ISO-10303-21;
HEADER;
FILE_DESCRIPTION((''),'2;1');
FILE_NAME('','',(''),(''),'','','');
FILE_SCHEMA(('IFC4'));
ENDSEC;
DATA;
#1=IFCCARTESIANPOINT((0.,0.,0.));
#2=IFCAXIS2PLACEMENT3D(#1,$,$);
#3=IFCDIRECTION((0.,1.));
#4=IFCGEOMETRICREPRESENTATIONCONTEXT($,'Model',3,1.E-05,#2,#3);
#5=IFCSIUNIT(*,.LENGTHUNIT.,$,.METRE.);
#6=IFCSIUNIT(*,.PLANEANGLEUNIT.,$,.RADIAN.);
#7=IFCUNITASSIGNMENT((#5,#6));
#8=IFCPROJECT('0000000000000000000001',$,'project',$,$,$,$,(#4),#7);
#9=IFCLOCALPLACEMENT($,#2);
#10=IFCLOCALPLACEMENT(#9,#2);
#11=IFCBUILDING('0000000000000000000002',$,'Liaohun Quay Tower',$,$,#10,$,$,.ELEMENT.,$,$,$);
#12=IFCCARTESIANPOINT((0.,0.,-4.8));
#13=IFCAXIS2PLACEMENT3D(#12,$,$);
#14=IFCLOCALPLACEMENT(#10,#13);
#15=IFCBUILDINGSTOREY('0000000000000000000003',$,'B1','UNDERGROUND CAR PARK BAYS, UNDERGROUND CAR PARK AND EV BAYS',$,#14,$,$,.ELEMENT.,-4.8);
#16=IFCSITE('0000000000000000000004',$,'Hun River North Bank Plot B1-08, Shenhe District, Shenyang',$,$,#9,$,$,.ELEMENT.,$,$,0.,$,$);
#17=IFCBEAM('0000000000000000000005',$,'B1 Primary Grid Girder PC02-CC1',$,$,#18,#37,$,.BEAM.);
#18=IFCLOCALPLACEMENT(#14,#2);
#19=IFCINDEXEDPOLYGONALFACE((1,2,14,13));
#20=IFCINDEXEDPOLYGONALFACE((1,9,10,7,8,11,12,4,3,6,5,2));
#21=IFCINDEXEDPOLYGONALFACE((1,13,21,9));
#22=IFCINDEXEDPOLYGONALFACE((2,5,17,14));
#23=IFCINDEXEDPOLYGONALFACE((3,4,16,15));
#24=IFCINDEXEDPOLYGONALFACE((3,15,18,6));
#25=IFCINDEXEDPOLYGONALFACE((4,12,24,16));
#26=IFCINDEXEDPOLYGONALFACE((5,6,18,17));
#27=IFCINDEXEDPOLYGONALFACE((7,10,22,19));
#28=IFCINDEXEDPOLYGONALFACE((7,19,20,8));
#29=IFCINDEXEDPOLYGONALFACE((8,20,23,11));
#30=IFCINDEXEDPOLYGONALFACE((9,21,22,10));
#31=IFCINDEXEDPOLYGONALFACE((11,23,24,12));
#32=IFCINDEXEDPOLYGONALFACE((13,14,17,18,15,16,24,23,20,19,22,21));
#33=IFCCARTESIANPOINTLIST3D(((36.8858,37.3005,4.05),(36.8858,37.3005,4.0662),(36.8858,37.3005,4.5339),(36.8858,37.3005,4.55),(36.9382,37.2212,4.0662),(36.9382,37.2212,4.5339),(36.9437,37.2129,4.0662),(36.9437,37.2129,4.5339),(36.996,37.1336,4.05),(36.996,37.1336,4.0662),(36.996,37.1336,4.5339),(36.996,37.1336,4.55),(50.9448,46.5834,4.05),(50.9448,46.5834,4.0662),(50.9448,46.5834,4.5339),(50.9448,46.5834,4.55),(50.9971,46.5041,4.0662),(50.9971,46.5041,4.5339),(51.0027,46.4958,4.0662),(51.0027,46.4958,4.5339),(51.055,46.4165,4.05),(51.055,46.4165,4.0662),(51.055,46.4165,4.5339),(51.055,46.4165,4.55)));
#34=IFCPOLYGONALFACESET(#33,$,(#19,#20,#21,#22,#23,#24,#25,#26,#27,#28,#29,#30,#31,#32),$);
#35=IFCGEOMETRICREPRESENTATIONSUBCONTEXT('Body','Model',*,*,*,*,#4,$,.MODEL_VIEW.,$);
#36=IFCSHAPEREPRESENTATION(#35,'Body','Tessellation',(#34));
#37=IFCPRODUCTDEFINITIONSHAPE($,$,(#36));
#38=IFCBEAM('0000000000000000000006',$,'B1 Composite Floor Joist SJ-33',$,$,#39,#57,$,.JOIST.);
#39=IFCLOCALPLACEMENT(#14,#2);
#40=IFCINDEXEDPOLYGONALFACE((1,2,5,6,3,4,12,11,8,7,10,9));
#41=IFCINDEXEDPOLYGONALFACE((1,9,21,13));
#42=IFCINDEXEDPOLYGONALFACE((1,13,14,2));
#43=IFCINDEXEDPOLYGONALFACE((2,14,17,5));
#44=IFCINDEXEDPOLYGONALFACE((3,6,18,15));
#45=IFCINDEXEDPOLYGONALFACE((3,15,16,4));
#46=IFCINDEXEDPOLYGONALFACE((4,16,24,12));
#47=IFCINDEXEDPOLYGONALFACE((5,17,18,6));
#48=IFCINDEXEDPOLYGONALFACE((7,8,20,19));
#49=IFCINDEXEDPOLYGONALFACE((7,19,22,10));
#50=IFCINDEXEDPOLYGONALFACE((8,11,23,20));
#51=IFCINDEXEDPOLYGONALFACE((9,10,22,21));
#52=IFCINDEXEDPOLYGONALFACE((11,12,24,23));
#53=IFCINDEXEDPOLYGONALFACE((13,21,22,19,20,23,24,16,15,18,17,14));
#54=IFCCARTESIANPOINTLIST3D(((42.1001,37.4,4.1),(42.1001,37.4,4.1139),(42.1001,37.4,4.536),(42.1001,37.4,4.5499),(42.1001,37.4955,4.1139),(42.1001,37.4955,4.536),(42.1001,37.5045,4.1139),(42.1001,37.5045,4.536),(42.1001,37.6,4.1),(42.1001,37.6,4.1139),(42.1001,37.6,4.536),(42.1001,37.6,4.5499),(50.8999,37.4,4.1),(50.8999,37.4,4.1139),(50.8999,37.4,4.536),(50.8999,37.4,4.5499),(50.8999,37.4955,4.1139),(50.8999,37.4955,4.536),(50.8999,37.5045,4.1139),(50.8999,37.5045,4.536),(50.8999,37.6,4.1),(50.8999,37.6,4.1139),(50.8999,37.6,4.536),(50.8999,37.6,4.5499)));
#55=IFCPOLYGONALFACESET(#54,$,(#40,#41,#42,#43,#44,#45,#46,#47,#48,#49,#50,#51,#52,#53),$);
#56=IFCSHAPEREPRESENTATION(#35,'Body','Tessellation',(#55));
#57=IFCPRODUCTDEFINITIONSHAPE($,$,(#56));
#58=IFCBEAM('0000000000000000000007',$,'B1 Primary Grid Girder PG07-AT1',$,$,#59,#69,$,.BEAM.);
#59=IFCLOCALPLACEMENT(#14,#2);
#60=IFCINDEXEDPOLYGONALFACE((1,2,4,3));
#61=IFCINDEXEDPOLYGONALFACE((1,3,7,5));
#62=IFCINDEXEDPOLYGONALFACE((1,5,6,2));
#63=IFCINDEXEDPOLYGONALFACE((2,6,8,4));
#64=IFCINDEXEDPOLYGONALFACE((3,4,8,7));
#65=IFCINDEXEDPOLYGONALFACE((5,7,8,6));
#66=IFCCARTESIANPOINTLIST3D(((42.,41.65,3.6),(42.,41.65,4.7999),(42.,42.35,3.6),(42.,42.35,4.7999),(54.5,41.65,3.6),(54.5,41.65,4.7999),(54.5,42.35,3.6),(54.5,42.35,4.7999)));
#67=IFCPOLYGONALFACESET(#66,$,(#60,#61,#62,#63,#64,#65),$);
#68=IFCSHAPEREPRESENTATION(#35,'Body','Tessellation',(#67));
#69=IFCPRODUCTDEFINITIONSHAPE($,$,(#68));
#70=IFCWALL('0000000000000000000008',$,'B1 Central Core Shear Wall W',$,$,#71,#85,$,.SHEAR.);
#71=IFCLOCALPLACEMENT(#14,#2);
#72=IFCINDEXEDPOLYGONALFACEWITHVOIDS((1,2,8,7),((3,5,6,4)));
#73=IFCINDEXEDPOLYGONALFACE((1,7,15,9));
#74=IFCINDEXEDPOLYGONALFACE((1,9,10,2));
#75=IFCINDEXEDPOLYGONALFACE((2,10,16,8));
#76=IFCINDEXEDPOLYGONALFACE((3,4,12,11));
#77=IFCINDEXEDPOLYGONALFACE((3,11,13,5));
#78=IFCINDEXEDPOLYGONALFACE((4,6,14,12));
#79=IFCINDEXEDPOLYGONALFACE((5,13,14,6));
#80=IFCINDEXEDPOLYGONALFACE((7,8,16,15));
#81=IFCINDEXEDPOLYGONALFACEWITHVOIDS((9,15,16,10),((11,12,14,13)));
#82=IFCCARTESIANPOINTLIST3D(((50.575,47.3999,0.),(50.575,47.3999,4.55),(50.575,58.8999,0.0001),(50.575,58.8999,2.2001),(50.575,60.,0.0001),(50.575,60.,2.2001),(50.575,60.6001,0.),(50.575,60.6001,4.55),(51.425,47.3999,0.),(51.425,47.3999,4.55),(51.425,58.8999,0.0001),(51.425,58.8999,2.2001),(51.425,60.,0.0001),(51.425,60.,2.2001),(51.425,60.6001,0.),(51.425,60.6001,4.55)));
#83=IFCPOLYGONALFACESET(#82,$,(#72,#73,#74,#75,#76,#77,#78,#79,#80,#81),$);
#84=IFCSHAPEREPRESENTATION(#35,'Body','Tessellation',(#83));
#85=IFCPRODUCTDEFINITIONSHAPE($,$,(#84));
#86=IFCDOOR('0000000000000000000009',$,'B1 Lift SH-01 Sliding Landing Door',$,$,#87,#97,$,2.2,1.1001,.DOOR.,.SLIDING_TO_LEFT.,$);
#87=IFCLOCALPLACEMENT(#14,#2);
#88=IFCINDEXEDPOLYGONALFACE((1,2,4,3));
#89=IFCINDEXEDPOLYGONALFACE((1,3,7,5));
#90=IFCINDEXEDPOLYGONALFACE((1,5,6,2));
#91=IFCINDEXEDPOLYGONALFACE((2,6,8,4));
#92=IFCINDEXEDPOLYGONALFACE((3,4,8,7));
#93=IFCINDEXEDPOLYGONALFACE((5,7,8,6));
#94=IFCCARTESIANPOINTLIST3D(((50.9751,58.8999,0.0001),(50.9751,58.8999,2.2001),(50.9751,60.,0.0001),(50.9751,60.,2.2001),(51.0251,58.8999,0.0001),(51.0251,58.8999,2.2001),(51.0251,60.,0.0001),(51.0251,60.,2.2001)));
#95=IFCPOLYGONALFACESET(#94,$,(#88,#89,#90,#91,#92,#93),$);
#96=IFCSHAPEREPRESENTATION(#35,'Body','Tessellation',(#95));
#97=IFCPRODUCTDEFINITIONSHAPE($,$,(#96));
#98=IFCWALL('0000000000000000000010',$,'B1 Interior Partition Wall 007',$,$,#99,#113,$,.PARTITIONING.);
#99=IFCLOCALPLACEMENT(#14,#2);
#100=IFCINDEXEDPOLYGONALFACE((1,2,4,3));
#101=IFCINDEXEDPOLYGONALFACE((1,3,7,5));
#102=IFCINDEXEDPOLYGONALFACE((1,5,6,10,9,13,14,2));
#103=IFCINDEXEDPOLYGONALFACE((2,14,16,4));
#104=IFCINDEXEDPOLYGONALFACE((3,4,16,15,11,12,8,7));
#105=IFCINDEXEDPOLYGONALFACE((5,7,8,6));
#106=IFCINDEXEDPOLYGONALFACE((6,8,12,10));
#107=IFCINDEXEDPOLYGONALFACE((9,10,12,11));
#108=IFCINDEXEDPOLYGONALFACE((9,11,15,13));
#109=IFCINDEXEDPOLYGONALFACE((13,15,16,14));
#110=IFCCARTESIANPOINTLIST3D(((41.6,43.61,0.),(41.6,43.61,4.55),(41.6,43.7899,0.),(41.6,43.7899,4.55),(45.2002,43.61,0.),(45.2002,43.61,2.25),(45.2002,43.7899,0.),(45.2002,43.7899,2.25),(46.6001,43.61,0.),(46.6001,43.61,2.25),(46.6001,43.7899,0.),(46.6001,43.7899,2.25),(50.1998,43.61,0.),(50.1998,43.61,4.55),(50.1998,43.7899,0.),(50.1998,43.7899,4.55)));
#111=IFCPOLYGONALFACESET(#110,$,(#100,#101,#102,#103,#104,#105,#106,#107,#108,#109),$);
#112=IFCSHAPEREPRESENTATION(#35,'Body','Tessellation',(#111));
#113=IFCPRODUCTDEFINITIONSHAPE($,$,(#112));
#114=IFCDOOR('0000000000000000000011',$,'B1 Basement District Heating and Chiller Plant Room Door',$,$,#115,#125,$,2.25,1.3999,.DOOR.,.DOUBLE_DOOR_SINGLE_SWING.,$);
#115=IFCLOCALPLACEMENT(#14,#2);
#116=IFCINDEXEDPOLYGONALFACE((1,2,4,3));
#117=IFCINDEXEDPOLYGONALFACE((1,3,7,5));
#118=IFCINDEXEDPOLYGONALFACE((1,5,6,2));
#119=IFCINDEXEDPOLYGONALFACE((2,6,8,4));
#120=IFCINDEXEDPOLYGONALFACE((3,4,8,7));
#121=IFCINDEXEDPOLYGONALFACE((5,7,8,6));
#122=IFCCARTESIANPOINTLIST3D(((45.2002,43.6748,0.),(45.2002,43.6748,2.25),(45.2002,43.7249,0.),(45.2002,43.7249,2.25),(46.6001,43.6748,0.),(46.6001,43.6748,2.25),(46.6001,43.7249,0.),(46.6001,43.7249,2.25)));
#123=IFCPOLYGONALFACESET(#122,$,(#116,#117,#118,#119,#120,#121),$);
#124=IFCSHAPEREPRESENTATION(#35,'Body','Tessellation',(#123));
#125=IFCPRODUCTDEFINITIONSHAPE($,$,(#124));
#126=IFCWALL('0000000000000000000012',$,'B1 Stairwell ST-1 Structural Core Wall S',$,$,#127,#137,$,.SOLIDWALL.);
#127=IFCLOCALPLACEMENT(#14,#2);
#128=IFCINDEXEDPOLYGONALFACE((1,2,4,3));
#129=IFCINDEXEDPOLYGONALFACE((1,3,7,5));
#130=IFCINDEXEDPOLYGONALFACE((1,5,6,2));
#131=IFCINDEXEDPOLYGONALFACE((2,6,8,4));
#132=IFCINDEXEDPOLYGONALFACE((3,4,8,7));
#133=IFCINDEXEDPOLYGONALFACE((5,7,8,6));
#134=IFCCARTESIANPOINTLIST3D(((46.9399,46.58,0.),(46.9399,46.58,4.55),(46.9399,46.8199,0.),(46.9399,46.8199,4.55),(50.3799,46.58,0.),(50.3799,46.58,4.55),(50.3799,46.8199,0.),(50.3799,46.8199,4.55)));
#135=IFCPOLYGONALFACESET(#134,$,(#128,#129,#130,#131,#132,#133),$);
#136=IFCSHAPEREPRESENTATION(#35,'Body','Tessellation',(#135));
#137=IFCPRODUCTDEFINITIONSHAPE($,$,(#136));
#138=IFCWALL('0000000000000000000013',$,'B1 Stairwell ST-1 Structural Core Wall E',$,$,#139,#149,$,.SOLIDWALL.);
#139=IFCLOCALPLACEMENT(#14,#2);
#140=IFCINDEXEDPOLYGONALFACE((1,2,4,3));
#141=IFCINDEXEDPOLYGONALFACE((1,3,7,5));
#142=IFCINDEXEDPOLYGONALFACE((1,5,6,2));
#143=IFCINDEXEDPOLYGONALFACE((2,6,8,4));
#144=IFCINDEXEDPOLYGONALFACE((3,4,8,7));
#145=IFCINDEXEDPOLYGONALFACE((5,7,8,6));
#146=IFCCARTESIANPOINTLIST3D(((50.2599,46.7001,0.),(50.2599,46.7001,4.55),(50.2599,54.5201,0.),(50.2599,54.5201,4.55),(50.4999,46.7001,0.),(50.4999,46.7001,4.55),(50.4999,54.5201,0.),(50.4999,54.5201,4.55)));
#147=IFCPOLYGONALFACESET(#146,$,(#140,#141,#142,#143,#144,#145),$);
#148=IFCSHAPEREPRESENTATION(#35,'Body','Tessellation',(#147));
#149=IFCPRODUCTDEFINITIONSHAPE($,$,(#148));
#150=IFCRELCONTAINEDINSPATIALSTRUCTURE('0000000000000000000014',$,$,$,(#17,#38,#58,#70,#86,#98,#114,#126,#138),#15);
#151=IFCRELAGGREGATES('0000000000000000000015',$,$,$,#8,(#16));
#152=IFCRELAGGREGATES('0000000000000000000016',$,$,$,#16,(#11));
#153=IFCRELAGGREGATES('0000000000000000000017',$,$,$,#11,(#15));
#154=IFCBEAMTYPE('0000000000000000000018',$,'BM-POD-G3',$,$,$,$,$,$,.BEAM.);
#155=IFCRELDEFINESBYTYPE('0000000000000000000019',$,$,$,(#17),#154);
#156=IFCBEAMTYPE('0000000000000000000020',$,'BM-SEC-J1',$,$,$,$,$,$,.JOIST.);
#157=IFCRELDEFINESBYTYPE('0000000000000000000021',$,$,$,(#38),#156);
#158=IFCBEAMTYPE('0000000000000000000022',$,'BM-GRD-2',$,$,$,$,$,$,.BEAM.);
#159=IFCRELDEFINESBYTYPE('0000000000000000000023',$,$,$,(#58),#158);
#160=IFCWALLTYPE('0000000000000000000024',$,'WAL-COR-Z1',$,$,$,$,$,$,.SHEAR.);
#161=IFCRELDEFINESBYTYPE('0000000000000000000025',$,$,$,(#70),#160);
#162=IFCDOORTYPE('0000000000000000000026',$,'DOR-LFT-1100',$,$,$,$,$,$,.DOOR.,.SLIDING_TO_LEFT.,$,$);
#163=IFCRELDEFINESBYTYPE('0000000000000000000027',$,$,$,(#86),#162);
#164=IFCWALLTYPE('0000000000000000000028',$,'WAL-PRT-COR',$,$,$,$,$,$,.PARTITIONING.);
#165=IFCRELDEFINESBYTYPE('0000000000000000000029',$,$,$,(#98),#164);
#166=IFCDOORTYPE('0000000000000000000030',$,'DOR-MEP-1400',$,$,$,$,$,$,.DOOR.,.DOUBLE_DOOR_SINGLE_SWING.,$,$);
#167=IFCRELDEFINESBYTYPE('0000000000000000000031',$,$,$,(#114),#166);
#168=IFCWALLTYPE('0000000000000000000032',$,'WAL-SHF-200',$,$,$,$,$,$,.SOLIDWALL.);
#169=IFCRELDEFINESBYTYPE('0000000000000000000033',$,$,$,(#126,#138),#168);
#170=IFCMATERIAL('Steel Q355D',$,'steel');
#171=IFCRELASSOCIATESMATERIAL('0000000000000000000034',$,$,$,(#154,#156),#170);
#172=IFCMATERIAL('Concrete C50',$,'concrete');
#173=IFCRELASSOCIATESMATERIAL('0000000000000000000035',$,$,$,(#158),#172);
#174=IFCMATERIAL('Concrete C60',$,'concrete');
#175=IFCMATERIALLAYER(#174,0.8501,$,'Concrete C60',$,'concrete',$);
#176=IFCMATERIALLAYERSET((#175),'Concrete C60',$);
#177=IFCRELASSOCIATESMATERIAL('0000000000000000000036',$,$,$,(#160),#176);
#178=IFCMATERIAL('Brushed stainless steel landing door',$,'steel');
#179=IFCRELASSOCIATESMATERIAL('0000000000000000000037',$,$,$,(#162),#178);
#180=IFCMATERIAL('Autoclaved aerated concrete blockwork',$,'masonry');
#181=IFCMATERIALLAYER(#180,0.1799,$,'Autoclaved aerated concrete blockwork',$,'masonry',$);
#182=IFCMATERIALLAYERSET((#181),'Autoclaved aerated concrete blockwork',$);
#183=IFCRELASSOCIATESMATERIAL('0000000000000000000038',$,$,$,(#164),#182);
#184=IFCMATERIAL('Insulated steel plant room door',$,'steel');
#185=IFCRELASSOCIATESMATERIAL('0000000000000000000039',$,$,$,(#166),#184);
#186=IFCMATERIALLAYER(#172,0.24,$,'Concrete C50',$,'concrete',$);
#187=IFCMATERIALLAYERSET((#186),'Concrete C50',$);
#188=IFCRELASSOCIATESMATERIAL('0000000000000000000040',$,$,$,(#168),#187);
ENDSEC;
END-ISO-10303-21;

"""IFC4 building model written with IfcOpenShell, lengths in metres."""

from ifc_helpers import new_model, si_unit, direction, frame, frame_2d, origin, origin_2d, place, context, subcontext, project, spatial, rectangle, i_section, extrude, source, transform, mapped, material, layer, layer_set, material_profile, profile_set, type_object, element, fill, save


model = new_model("IFC4")

# Units and contexts
model_context = context("Model", 3, precision=1e-05, world=origin(), true_north=direction((0.0, 1.0)))
body_context = subcontext(model_context, "Body", "Model", "MODEL_VIEW")
ifc_project = project(units=[si_unit("LENGTHUNIT", "METRE"), si_unit("PLANEANGLEUNIT", "RADIAN")], contexts=[model_context])

# Site, building, storey
site_placement = place(None, origin())
site = spatial("IfcSite", under=ifc_project, at=site_placement, Name="Hun River North Bank Plot B1-08, Shenhe District, Shenyang", CompositionType="ELEMENT", RefElevation=0.0)
building_placement = place(site_placement, origin())
building = spatial("IfcBuilding", under=site, at=building_placement, Name="Liaohun Quay Tower", CompositionType="ELEMENT")
storey_placement = place(building_placement, frame((0.0, 0.0, -4.8)))
storey = spatial("IfcBuildingStorey", under=building, at=storey_placement, Name="B1", Description="UNDERGROUND CAR PARK BAYS, UNDERGROUND CAR PARK AND EV BAYS", CompositionType="ELEMENT", Elevation=-4.8)

# Shared definitions
ifc_material_1 = material(Name="Concrete C60", Category="concrete")
ifc_material_2 = material(Name="Steel Q355D", Category="steel")

# Beams
ifc_material_profile_1 = material_profile(ifc_material_2, i_section(OverallWidth=0.2, OverallDepth=0.5, WebThickness=0.01, FlangeThickness=0.0161, at=origin_2d()), Name="HN500x200x10x16")
ifc_profile_set_1 = profile_set([ifc_material_profile_1], Name="Steel Q355D")
beam_type_1 = type_object("IfcBeamType", Name="BM-POD-G3", PredefinedType="BEAM", material=ifc_profile_set_1)
shared_shape_1 = source(origin(), body_context, "Body", "SweptSolid", [
    extrude(i_section(OverallWidth=0.2, OverallDepth=0.5, WebThickness=0.01, FlangeThickness=0.0161, at=origin_2d()), origin(), (0.0, 0.0, 1.0), 16.8472),
])
beam_1_placement = place(storey_placement, frame((36.9409, 37.217, 4.3), z_axis=(0.834501, 0.551006, 0.0), x_axis=(-0.551006, 0.834501, 0.0)))
element("IfcBeam", 1, at=beam_1_placement, inside=storey, type_object=beam_type_1, Name="B1 Primary Grid Girder PC02-CC1", PredefinedType="BEAM", context=body_context, shape_type="MappedRepresentation", body=[
    mapped(shared_shape_1, transform((0.0, 0.0, 0.0), x_axis=(1.0, 0.0, 0.0), y_axis=(0.0, 1.0, 0.0), z_axis=(0.0, 0.0, 1.0), scale=1.0)),
])
ifc_material_profile_2 = material_profile(ifc_material_2, i_section(OverallWidth=0.2, OverallDepth=0.45, WebThickness=0.009, FlangeThickness=0.0139, at=origin_2d()), Name="HN450x200x9x14")
ifc_profile_set_2 = profile_set([ifc_material_profile_2], Name="Steel Q355D")
beam_type_2 = type_object("IfcBeamType", Name="BM-SEC-J1", PredefinedType="JOIST", material=ifc_profile_set_2)
shared_shape_2 = source(origin(), body_context, "Body", "SweptSolid", [
    extrude(i_section(OverallWidth=0.2, OverallDepth=0.45, WebThickness=0.009, FlangeThickness=0.0139, at=origin_2d()), origin(), (0.0, 0.0, 1.0), 8.7998),
])
beam_2_placement = place(storey_placement, frame((42.1001, 37.5, 4.325), z_axis=(1.0, 0.0, 0.0), x_axis=(0.0, 1.0, 0.0)))
element("IfcBeam", 2, at=beam_2_placement, inside=storey, type_object=beam_type_2, Name="B1 Composite Floor Joist SJ-33", PredefinedType="JOIST", context=body_context, shape_type="MappedRepresentation", body=[
    mapped(shared_shape_2, transform((0.0, 0.0, 0.0), x_axis=(1.0, 0.0, 0.0), y_axis=(0.0, 1.0, 0.0), z_axis=(0.0, 0.0, 1.0), scale=1.0)),
])
ifc_material_3 = material(Name="Concrete C50", Category="concrete")
ifc_material_profile_3 = material_profile(ifc_material_3, rectangle(XDim=0.7, YDim=1.2, at=origin_2d()), Name="RC700x1200")
ifc_profile_set_3 = profile_set([ifc_material_profile_3], Name="Concrete C50")
beam_type_3 = type_object("IfcBeamType", Name="BM-GRD-2", PredefinedType="BEAM", material=ifc_profile_set_3)
shared_shape_3 = source(origin(), body_context, "Body", "SweptSolid", [
    extrude(rectangle(XDim=0.7, YDim=1.2, at=origin_2d()), origin(), (0.0, 0.0, 1.0), 12.5),
])
beam_3_placement = place(storey_placement, frame((42.0, 42.0, 4.2), z_axis=(1.0, 0.0, 0.0), x_axis=(0.0, 1.0, 0.0)))
element("IfcBeam", 3, at=beam_3_placement, inside=storey, type_object=beam_type_3, Name="B1 Primary Grid Girder PG07-AT1", PredefinedType="BEAM", context=body_context, shape_type="MappedRepresentation", body=[
    mapped(shared_shape_3, transform((0.0, 0.0, 0.0), x_axis=(1.0, 0.0, 0.0), y_axis=(0.0, 1.0, 0.0), z_axis=(0.0, 0.0, 1.0), scale=1.0)),
])

# Walls, openings, doors
ifc_layer_1 = layer(ifc_material_1, 0.8501, Name="Concrete C60", Category="concrete")
ifc_layer_set_1 = layer_set([ifc_layer_1], Name="Concrete C60")
wall_type_1 = type_object("IfcWallType", Name="WAL-COR-Z1", PredefinedType="SHEAR", material=ifc_layer_set_1)
wall_1_placement = place(storey_placement, frame((51.0, 47.3999, 0.0), z_axis=(0.0, 0.0, 1.0), x_axis=(0.0, 1.0, 0.0)))
wall_1 = element("IfcWall", 4, at=wall_1_placement, inside=storey, type_object=wall_type_1, Name="B1 Central Core Shear Wall W", PredefinedType="SHEAR", context=body_context, shape_type="SweptSolid", body=[
    extrude(rectangle(XDim=13.2002, YDim=0.8501, at=frame_2d((6.6001, 0.0))), origin(), (0.0, 0.0, 1.0), 4.55),
])
shared_shape_4 = source(origin(), body_context, "Body", "SweptSolid", [
    extrude(rectangle(XDim=1.1001, YDim=2.2, at=frame_2d((0.55, 1.1001))), frame((0.0, 0.4351, 0.0), z_axis=(0.0, -1.0, 0.0), x_axis=(1.0, 0.0, 0.0)), (0.0, 0.0, 1.0), 0.8701),
])
opening_1_placement = place(wall_1_placement, frame((11.5, 0.0, 0.0)))
opening_1 = element("IfcOpeningElement", 5, at=opening_1_placement, cuts=wall_1, PredefinedType="OPENING", context=body_context, shape_type="MappedRepresentation", body=[
    mapped(shared_shape_4, transform((0.0, 0.0, 0.0), x_axis=(1.0, 0.0, 0.0), y_axis=(0.0, 1.0, 0.0), z_axis=(0.0, 0.0, 1.0), scale=1.0)),
])
ifc_material_4 = material(Name="Brushed stainless steel landing door", Category="steel")
door_type_1 = type_object("IfcDoorType", Name="DOR-LFT-1100", OperationType="SLIDING_TO_LEFT", PredefinedType="DOOR", material=ifc_material_4)
shared_shape_5 = source(origin(), body_context, "Body", "SweptSolid", [
    extrude(rectangle(XDim=1.1001, YDim=2.2, at=frame_2d((0.55, 1.1001))), frame((0.0, 0.0249, 0.0), z_axis=(0.0, -1.0, 0.0), x_axis=(1.0, 0.0, 0.0)), (0.0, 0.0, 1.0), 0.05),
])
door_1_placement = place(opening_1_placement, origin())
door_1 = element("IfcDoor", 6, at=door_1_placement, inside=storey, type_object=door_type_1, Name="B1 Lift SH-01 Sliding Landing Door", OperationType="SLIDING_TO_LEFT", OverallHeight=2.2, OverallWidth=1.1001, PredefinedType="DOOR", context=body_context, shape_type="MappedRepresentation", body=[
    mapped(shared_shape_5, transform((0.0, 0.0, 0.0), x_axis=(1.0, 0.0, 0.0), y_axis=(0.0, 1.0, 0.0), z_axis=(0.0, 0.0, 1.0), scale=1.0)),
])
fill(opening_1, door_1)
ifc_material_5 = material(Name="Autoclaved aerated concrete blockwork", Category="masonry")
ifc_layer_2 = layer(ifc_material_5, 0.1799, Name="Autoclaved aerated concrete blockwork", Category="masonry")
ifc_layer_set_2 = layer_set([ifc_layer_2], Name="Autoclaved aerated concrete blockwork")
wall_type_2 = type_object("IfcWallType", Name="WAL-PRT-COR", PredefinedType="PARTITIONING", material=ifc_layer_set_2)
wall_2_placement = place(storey_placement, frame((41.6001, 43.7, 0.0), z_axis=(0.0, 0.0, 1.0), x_axis=(1.0, 0.0, 0.0)))
wall_2 = element("IfcWall", 7, at=wall_2_placement, inside=storey, type_object=wall_type_2, Name="B1 Interior Partition Wall 007", PredefinedType="PARTITIONING", context=body_context, shape_type="SweptSolid", body=[
    extrude(rectangle(XDim=8.5999, YDim=0.1799, at=frame_2d((4.2998, 0.0))), origin(), (0.0, 0.0, 1.0), 4.55),
])
shared_shape_6 = source(origin(), body_context, "Body", "SweptSolid", [
    extrude(rectangle(XDim=1.3999, YDim=2.25, at=frame_2d((0.7, 1.125))), frame((0.0, 0.0999, 0.0), z_axis=(0.0, -1.0, 0.0), x_axis=(1.0, 0.0, 0.0)), (0.0, 0.0, 1.0), 0.2),
])
opening_2_placement = place(wall_2_placement, frame((3.6001, 0.0, 0.0)))
opening_2 = element("IfcOpeningElement", 8, at=opening_2_placement, cuts=wall_2, PredefinedType="OPENING", context=body_context, shape_type="MappedRepresentation", body=[
    mapped(shared_shape_6, transform((0.0, 0.0, 0.0), x_axis=(1.0, 0.0, 0.0), y_axis=(0.0, 1.0, 0.0), z_axis=(0.0, 0.0, 1.0), scale=1.0)),
])
ifc_material_6 = material(Name="Insulated steel plant room door", Category="steel")
door_type_2 = type_object("IfcDoorType", Name="DOR-MEP-1400", OperationType="DOUBLE_DOOR_SINGLE_SWING", PredefinedType="DOOR", material=ifc_material_6)
shared_shape_7 = source(origin(), body_context, "Body", "SweptSolid", [
    extrude(rectangle(XDim=1.3999, YDim=2.25, at=frame_2d((0.7, 1.125))), frame((0.0, 0.0249, 0.0), z_axis=(0.0, -1.0, 0.0), x_axis=(1.0, 0.0, 0.0)), (0.0, 0.0, 1.0), 0.05),
])
door_2_placement = place(opening_2_placement, origin())
door_2 = element("IfcDoor", 9, at=door_2_placement, inside=storey, type_object=door_type_2, Name="B1 Basement District Heating and Chiller Plant Room Door", OperationType="DOUBLE_DOOR_SINGLE_SWING", OverallHeight=2.25, OverallWidth=1.3999, PredefinedType="DOOR", context=body_context, shape_type="MappedRepresentation", body=[
    mapped(shared_shape_7, transform((0.0, 0.0, 0.0), x_axis=(1.0, 0.0, 0.0), y_axis=(0.0, 1.0, 0.0), z_axis=(0.0, 0.0, 1.0), scale=1.0)),
])
fill(opening_2, door_2)

# Walls
ifc_layer_3 = layer(ifc_material_3, 0.24, Name="Concrete C50", Category="concrete")
ifc_layer_set_3 = layer_set([ifc_layer_3], Name="Concrete C50")
wall_type_3 = type_object("IfcWallType", Name="WAL-SHF-200", PredefinedType="SOLIDWALL", material=ifc_layer_set_3)
wall_3_placement = place(storey_placement, frame((46.9399, 46.7, 0.0), z_axis=(0.0, 0.0, 1.0), x_axis=(1.0, 0.0, 0.0)))
element("IfcWall", 10, at=wall_3_placement, inside=storey, type_object=wall_type_3, Name="B1 Stairwell ST-1 Structural Core Wall S", PredefinedType="SOLIDWALL", context=body_context, shape_type="SweptSolid", body=[
    extrude(rectangle(XDim=3.4399, YDim=0.24, at=frame_2d((1.72, 0.0))), origin(), (0.0, 0.0, 1.0), 4.55),
])
wall_4_placement = place(storey_placement, frame((50.3799, 46.7, 0.0), z_axis=(0.0, 0.0, 1.0), x_axis=(0.0, 1.0, 0.0)))
element("IfcWall", 11, at=wall_4_placement, inside=storey, type_object=wall_type_3, Name="B1 Stairwell ST-1 Structural Core Wall E", PredefinedType="SOLIDWALL", context=body_context, shape_type="SweptSolid", body=[
    extrude(rectangle(XDim=7.8201, YDim=0.24, at=frame_2d((3.9102, 0.0))), origin(), (0.0, 0.0, 1.0), 4.55),
])

save(model, "model.ifc")
